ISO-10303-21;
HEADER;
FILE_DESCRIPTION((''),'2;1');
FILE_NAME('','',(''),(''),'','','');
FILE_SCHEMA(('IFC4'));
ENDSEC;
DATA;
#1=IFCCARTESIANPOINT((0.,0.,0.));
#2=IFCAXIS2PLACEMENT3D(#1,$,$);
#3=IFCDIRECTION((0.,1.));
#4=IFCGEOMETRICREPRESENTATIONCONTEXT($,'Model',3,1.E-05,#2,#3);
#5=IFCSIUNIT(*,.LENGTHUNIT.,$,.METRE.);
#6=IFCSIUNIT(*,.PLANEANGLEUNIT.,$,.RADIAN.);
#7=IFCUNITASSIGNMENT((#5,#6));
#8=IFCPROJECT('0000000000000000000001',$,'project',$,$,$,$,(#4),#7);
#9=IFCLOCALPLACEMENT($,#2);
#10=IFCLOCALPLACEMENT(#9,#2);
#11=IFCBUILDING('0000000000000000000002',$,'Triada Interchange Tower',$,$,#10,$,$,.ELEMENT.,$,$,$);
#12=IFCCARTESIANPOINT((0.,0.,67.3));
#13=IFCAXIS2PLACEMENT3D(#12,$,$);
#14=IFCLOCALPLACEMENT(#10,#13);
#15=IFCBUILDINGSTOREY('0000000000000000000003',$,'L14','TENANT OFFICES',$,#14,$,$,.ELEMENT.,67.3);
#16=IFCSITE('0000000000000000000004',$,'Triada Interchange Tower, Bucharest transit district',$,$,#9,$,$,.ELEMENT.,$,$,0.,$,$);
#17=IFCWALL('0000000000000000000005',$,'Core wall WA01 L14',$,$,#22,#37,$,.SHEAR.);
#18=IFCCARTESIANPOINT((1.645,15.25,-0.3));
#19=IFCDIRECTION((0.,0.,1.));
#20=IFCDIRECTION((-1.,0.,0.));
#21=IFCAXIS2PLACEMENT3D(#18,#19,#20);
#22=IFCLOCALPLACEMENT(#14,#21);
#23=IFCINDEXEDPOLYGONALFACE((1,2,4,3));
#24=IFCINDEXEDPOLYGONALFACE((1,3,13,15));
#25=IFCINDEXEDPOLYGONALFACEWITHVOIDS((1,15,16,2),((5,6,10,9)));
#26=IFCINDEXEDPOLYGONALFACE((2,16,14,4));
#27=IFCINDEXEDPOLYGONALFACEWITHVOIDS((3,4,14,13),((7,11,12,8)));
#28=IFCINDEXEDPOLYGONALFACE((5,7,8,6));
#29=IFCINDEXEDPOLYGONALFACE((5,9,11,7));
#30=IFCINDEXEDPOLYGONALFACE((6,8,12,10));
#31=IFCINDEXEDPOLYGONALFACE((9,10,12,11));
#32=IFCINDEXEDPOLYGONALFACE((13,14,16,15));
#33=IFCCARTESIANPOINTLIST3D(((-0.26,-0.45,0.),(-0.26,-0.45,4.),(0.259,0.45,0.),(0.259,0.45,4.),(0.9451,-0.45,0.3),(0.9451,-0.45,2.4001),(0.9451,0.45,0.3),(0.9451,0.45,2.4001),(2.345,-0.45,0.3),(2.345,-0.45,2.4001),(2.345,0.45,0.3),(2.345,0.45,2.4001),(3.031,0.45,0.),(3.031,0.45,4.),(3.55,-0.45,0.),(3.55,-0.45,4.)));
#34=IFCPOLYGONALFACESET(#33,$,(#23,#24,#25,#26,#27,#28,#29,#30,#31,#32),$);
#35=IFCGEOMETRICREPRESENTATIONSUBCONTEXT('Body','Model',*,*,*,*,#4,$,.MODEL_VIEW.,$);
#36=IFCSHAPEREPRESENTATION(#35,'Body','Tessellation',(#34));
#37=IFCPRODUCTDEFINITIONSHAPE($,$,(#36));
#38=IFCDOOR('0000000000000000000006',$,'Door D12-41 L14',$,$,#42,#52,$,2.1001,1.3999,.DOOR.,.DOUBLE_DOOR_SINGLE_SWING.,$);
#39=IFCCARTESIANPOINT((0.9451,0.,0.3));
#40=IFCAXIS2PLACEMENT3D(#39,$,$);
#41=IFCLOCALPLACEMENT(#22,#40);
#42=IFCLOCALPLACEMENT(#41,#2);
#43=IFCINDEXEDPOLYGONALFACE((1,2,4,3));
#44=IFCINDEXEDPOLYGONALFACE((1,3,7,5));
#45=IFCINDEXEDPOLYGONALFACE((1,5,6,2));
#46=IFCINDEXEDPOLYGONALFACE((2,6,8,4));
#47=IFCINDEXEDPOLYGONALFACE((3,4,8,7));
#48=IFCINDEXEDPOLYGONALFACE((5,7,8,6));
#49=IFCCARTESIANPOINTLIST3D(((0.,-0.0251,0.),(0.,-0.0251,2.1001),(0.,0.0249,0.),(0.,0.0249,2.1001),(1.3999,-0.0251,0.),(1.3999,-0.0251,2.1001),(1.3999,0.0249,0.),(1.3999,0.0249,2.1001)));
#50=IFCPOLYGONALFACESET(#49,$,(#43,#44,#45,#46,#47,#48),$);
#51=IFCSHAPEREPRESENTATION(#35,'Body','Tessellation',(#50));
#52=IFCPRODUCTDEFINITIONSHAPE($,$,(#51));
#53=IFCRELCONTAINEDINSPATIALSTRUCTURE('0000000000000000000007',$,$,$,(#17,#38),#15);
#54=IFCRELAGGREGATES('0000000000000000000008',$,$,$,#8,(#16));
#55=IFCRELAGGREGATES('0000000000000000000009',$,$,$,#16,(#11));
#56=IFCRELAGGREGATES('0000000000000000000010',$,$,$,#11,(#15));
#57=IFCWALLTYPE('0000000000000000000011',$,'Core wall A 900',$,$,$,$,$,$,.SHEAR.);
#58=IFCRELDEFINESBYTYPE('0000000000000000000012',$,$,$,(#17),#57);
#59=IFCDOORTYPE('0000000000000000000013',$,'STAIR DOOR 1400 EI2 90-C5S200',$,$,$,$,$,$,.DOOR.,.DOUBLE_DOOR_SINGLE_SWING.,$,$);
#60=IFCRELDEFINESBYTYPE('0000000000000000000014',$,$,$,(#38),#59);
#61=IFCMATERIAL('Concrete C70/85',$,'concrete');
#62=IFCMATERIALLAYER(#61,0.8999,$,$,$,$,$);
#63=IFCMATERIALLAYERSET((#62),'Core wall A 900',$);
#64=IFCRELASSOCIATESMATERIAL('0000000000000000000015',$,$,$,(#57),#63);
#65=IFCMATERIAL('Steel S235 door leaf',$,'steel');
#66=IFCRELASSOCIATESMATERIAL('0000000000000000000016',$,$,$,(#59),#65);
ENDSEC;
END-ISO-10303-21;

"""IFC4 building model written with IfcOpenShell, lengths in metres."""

from ifc_helpers import new_model, si_unit, direction, frame, frame_2d, origin, place, context, subcontext, project, spatial, polyline, rectangle, outline, extrude, material, layer, layer_set, type_object, element, fill, save


model = new_model("IFC4")

# Units and contexts
model_context = context("Model", 3, precision=1e-05, world=origin(), true_north=direction((0.0, 1.0)))
body_context = subcontext(model_context, "Body", "Model", "MODEL_VIEW")
ifc_project = project(units=[si_unit("LENGTHUNIT", "METRE"), si_unit("PLANEANGLEUNIT", "RADIAN")], contexts=[model_context])

# Site, building, storey
site_placement = place(None, origin())
site = spatial("IfcSite", under=ifc_project, at=site_placement, Name="Triada Interchange Tower, Bucharest transit district", CompositionType="ELEMENT", RefElevation=0.0)
building_placement = place(site_placement, origin())
building = spatial("IfcBuilding", under=site, at=building_placement, Name="Triada Interchange Tower", CompositionType="ELEMENT")
storey_placement = place(building_placement, frame((0.0, 0.0, 67.3)))
storey = spatial("IfcBuildingStorey", under=building, at=storey_placement, Name="L14", Description="TENANT OFFICES", CompositionType="ELEMENT", Elevation=67.3)

# Shared definitions
ifc_material_1 = material(Name="Concrete C70/85", Category="concrete")

# Wall, opening, door
ifc_layer_1 = layer(ifc_material_1, 0.8999)
ifc_layer_set_1 = layer_set([ifc_layer_1], Name="Core wall A 900")
wall_type_1 = type_object("IfcWallType", Name="Core wall A 900", PredefinedType="SHEAR", material=ifc_layer_set_1)
wall_1_placement = place(storey_placement, frame((1.645, 15.25, -0.3), z_axis=(0.0, 0.0, 1.0), x_axis=(-1.0, 0.0, 0.0)))
wall_1 = element("IfcWall", 1, at=wall_1_placement, inside=storey, type_object=wall_type_1, Name="Core wall WA01 L14", PredefinedType="SHEAR", context=body_context, shape_type="SweptSolid", body=[
    extrude(outline(polyline([(-0.26, -0.45), (1.645, -0.45), (3.55, -0.45), (3.031, 0.45), (1.645, 0.45), (0.259, 0.45), (-0.26, -0.45)])), origin(), (0.0, 0.0, 1.0), 4.0),
])
opening_1_placement = place(wall_1_placement, frame((0.9451, 0.0, 0.3)))
opening_1 = element("IfcOpeningElement", 2, at=opening_1_placement, cuts=wall_1, PredefinedType="OPENING", context=body_context, shape_type="SweptSolid", body=[
    extrude(rectangle(XDim=1.3999, YDim=2.1001, at=frame_2d((0.7, 1.05))), frame((0.0, 0.46, 0.0), z_axis=(0.0, -1.0, 0.0), x_axis=(1.0, 0.0, 0.0)), (0.0, 0.0, 1.0), 0.9199),
])
ifc_material_2 = material(Name="Steel S235 door leaf", Category="steel")
door_type_1 = type_object("IfcDoorType", Name="STAIR DOOR 1400 EI2 90-C5S200", OperationType="DOUBLE_DOOR_SINGLE_SWING", PredefinedType="DOOR", material=ifc_material_2)
door_1_placement = place(opening_1_placement, origin())
door_1 = element("IfcDoor", 3, at=door_1_placement, inside=storey, type_object=door_type_1, Name="Door D12-41 L14", OperationType="DOUBLE_DOOR_SINGLE_SWING", OverallHeight=2.1001, OverallWidth=1.3999, PredefinedType="DOOR", context=body_context, shape_type="SweptSolid", body=[
    extrude(rectangle(XDim=1.3999, YDim=2.1001, at=frame_2d((0.7, 1.05))), frame((0.0, 0.0249, 0.0), z_axis=(0.0, -1.0, 0.0), x_axis=(1.0, 0.0, 0.0)), (0.0, 0.0, 1.0), 0.05),
])
fill(opening_1, door_1)

save(model, "model.ifc")
